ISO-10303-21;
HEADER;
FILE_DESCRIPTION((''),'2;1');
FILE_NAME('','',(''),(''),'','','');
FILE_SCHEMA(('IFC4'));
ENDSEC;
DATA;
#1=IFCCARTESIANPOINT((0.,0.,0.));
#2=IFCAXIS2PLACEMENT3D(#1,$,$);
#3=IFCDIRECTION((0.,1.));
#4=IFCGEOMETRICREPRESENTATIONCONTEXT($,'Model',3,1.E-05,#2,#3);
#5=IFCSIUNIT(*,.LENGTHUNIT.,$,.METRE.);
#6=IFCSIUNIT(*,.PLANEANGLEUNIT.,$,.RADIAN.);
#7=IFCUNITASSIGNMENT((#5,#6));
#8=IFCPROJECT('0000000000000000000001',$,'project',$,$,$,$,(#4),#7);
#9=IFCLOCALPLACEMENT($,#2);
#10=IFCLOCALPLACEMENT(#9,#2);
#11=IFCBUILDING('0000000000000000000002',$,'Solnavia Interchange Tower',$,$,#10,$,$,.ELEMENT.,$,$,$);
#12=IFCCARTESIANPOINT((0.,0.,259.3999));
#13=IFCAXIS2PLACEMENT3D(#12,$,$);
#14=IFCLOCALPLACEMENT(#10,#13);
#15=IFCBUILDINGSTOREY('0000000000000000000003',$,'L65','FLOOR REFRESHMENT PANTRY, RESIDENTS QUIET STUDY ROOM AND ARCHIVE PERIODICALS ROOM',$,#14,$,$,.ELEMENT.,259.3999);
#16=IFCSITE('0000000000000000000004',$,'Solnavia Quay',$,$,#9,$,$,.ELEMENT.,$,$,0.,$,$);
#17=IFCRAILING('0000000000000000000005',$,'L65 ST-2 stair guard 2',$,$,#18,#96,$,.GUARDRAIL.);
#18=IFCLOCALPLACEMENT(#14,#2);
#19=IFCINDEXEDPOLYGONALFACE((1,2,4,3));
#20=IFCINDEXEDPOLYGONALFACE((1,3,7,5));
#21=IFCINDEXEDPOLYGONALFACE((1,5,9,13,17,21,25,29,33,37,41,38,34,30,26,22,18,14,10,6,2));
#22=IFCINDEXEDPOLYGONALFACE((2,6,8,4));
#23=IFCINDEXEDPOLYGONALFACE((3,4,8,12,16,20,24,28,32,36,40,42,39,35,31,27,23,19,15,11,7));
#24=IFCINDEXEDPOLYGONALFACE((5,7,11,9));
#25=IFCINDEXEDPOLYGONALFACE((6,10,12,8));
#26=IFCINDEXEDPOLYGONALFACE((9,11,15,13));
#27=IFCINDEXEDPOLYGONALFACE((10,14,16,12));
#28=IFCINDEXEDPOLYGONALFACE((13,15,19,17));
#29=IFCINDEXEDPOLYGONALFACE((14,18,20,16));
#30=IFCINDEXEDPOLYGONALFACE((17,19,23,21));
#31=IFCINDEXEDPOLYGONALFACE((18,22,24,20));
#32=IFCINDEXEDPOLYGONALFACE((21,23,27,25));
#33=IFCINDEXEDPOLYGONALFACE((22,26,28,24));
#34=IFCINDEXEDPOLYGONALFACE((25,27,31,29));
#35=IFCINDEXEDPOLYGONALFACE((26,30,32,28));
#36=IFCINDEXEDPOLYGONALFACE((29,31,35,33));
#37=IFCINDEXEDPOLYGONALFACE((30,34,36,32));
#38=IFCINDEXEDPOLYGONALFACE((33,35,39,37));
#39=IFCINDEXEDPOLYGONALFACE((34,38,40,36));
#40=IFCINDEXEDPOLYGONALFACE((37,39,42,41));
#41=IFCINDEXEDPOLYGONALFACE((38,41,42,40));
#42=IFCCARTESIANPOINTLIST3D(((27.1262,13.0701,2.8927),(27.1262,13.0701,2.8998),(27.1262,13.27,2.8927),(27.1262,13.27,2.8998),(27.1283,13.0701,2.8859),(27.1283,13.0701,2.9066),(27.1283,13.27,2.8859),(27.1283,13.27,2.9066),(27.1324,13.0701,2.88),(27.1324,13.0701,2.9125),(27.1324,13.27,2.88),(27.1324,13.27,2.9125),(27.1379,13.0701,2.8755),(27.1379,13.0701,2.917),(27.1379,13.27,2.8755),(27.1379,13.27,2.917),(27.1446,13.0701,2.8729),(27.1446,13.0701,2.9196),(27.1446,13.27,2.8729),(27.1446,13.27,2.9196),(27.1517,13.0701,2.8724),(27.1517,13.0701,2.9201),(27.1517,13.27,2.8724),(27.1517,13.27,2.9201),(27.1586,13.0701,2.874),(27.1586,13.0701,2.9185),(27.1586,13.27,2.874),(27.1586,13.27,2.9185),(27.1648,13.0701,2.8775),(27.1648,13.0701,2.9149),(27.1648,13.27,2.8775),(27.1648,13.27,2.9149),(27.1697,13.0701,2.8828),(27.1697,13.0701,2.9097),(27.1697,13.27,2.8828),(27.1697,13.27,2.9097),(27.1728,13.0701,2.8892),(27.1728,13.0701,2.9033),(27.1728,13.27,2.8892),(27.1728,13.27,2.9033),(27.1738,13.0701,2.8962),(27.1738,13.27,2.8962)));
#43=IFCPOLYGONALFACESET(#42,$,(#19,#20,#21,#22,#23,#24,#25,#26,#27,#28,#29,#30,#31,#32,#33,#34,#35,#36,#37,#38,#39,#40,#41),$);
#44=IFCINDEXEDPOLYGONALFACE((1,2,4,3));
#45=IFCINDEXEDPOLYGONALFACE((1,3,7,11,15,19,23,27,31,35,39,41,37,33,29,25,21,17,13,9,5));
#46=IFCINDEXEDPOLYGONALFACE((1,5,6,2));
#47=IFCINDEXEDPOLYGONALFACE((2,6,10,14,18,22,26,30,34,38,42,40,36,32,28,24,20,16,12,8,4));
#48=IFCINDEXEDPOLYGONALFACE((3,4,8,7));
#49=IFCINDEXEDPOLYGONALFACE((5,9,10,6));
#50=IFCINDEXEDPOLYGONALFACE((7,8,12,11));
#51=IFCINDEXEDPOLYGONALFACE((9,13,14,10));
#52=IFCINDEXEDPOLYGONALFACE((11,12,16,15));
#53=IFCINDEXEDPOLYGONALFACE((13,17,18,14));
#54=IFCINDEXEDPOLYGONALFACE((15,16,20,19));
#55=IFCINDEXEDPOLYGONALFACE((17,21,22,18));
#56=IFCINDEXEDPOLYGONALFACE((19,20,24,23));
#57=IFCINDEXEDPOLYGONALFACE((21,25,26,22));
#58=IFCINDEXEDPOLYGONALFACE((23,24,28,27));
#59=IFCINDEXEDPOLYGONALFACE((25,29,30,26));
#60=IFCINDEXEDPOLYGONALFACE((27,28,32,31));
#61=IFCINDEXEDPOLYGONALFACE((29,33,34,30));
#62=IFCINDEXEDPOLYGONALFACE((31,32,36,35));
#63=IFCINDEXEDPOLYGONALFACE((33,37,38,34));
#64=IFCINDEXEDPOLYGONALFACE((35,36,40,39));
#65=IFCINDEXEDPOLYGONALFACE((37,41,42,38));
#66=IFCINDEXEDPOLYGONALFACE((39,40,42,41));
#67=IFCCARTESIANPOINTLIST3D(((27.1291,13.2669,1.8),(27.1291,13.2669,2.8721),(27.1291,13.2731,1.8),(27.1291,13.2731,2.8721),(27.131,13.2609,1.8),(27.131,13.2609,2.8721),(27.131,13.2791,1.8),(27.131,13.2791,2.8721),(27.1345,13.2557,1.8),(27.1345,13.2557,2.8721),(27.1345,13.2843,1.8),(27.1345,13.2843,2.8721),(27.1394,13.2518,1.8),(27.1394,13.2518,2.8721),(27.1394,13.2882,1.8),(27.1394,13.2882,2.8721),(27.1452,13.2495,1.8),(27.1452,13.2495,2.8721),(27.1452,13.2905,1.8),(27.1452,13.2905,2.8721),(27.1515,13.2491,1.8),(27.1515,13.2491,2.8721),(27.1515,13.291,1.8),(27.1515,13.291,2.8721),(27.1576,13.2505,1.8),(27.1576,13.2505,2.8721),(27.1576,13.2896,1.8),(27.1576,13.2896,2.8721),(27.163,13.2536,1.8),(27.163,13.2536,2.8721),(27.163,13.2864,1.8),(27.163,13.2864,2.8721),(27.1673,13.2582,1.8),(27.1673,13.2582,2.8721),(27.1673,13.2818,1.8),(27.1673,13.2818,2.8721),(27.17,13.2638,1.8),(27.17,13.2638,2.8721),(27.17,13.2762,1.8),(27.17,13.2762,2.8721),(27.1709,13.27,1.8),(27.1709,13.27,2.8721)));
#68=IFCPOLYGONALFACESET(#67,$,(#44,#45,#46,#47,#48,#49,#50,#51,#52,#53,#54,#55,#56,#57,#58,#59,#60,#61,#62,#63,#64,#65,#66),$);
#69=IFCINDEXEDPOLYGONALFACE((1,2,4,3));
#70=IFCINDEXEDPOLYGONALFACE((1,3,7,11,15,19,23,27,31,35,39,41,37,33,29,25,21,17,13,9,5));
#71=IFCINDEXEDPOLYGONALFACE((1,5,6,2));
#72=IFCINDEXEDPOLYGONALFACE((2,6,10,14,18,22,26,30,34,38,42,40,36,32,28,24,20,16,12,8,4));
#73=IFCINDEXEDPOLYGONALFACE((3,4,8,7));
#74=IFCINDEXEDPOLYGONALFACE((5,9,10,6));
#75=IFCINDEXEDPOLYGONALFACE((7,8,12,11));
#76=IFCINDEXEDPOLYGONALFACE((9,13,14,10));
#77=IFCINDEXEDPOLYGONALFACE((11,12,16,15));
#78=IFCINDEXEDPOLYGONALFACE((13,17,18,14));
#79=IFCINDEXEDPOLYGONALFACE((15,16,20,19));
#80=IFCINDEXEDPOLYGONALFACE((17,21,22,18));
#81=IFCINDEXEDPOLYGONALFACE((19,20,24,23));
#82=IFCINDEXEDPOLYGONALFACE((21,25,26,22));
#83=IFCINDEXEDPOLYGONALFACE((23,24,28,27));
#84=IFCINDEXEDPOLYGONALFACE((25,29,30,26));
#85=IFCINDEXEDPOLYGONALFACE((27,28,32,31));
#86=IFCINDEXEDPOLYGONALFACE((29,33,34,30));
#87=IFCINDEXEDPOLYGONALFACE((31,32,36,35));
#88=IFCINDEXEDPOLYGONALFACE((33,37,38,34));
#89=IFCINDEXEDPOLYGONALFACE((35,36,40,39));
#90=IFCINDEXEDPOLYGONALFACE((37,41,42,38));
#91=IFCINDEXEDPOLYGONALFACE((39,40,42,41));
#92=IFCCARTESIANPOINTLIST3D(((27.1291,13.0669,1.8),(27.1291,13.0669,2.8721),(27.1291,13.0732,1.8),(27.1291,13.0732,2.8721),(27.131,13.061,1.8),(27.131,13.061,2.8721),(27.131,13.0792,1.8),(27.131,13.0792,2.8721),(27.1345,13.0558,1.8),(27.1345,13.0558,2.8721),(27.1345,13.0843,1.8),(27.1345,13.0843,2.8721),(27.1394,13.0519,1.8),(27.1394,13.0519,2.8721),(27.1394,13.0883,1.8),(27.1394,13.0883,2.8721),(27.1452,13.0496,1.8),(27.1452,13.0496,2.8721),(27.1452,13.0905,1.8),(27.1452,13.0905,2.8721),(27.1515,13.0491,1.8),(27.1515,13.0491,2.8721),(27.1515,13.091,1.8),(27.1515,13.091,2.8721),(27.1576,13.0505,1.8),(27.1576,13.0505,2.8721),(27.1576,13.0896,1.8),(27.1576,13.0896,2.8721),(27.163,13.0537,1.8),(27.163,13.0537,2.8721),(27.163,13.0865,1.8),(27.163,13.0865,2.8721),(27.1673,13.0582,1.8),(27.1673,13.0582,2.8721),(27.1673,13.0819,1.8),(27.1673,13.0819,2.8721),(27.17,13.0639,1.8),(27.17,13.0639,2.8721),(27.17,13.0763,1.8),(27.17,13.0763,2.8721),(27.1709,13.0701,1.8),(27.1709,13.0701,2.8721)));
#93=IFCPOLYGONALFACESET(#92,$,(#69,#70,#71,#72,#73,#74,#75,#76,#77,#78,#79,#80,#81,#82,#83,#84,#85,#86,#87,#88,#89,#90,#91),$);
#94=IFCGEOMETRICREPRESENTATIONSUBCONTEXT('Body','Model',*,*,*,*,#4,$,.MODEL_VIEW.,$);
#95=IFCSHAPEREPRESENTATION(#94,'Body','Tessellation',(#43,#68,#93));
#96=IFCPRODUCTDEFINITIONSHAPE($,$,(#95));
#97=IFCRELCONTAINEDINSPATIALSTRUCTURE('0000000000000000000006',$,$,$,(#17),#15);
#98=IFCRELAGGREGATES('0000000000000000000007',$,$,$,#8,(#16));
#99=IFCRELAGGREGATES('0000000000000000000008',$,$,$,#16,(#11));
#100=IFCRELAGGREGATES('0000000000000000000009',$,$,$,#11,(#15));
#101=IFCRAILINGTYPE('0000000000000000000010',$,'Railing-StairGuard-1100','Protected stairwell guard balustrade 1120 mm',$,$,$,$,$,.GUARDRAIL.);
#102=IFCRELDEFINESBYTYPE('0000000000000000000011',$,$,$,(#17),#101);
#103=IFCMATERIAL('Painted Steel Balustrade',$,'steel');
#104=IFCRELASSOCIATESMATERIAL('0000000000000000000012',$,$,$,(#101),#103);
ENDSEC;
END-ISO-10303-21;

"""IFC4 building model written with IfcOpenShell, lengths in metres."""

from ifc_helpers import new_model, si_unit, direction, frame, origin, origin_2d, place, context, subcontext, project, spatial, circle, extrude, material, type_object, element, save


model = new_model("IFC4")

# Units and contexts
model_context = context("Model", 3, precision=1e-05, world=origin(), true_north=direction((0.0, 1.0)))
body_context = subcontext(model_context, "Body", "Model", "MODEL_VIEW")
ifc_project = project(units=[si_unit("LENGTHUNIT", "METRE"), si_unit("PLANEANGLEUNIT", "RADIAN")], contexts=[model_context])

# Site, building, storey
site_placement = place(None, origin())
site = spatial("IfcSite", under=ifc_project, at=site_placement, Name="Solnavia Quay", CompositionType="ELEMENT", RefElevation=0.0)
building_placement = place(site_placement, origin())
building = spatial("IfcBuilding", under=site, at=building_placement, Name="Solnavia Interchange Tower", CompositionType="ELEMENT")
storey_placement = place(building_placement, frame((0.0, 0.0, 259.3999)))
storey = spatial("IfcBuildingStorey", under=building, at=storey_placement, Name="L65", Description="FLOOR REFRESHMENT PANTRY, RESIDENTS QUIET STUDY ROOM AND ARCHIVE PERIODICALS ROOM", CompositionType="ELEMENT", Elevation=259.3999)

# Railing
ifc_material_1 = material(Name="Painted Steel Balustrade", Category="steel")
railing_type_1 = type_object("IfcRailingType", Name="Railing-StairGuard-1100", Description="Protected stairwell guard balustrade 1120 mm", PredefinedType="GUARDRAIL", material=ifc_material_1)
railing_1_placement = place(storey_placement, frame((27.1499, 13.27, 1.8)))
element("IfcRailing", 1, at=railing_1_placement, inside=storey, type_object=railing_type_1, Name="L65 ST-2 stair guard 2", PredefinedType="GUARDRAIL", context=body_context, shape_type="SweptSolid", body=[
    extrude(circle(Radius=0.0239, at=origin_2d()), frame((0.0, 0.0, 1.0962), z_axis=(0.0, -1.0, 0.0), x_axis=(1.0, 0.0, 0.0)), (0.0, 0.0, 1.0), 0.2),
    extrude(circle(Radius=0.021, at=origin_2d()), origin(), (0.0, 0.0, 1.0), 1.072),
    extrude(circle(Radius=0.021, at=origin_2d()), frame((0.0, -0.2, 0.0)), (0.0, 0.0, 1.0), 1.072),
])

save(model, "model.ifc")
